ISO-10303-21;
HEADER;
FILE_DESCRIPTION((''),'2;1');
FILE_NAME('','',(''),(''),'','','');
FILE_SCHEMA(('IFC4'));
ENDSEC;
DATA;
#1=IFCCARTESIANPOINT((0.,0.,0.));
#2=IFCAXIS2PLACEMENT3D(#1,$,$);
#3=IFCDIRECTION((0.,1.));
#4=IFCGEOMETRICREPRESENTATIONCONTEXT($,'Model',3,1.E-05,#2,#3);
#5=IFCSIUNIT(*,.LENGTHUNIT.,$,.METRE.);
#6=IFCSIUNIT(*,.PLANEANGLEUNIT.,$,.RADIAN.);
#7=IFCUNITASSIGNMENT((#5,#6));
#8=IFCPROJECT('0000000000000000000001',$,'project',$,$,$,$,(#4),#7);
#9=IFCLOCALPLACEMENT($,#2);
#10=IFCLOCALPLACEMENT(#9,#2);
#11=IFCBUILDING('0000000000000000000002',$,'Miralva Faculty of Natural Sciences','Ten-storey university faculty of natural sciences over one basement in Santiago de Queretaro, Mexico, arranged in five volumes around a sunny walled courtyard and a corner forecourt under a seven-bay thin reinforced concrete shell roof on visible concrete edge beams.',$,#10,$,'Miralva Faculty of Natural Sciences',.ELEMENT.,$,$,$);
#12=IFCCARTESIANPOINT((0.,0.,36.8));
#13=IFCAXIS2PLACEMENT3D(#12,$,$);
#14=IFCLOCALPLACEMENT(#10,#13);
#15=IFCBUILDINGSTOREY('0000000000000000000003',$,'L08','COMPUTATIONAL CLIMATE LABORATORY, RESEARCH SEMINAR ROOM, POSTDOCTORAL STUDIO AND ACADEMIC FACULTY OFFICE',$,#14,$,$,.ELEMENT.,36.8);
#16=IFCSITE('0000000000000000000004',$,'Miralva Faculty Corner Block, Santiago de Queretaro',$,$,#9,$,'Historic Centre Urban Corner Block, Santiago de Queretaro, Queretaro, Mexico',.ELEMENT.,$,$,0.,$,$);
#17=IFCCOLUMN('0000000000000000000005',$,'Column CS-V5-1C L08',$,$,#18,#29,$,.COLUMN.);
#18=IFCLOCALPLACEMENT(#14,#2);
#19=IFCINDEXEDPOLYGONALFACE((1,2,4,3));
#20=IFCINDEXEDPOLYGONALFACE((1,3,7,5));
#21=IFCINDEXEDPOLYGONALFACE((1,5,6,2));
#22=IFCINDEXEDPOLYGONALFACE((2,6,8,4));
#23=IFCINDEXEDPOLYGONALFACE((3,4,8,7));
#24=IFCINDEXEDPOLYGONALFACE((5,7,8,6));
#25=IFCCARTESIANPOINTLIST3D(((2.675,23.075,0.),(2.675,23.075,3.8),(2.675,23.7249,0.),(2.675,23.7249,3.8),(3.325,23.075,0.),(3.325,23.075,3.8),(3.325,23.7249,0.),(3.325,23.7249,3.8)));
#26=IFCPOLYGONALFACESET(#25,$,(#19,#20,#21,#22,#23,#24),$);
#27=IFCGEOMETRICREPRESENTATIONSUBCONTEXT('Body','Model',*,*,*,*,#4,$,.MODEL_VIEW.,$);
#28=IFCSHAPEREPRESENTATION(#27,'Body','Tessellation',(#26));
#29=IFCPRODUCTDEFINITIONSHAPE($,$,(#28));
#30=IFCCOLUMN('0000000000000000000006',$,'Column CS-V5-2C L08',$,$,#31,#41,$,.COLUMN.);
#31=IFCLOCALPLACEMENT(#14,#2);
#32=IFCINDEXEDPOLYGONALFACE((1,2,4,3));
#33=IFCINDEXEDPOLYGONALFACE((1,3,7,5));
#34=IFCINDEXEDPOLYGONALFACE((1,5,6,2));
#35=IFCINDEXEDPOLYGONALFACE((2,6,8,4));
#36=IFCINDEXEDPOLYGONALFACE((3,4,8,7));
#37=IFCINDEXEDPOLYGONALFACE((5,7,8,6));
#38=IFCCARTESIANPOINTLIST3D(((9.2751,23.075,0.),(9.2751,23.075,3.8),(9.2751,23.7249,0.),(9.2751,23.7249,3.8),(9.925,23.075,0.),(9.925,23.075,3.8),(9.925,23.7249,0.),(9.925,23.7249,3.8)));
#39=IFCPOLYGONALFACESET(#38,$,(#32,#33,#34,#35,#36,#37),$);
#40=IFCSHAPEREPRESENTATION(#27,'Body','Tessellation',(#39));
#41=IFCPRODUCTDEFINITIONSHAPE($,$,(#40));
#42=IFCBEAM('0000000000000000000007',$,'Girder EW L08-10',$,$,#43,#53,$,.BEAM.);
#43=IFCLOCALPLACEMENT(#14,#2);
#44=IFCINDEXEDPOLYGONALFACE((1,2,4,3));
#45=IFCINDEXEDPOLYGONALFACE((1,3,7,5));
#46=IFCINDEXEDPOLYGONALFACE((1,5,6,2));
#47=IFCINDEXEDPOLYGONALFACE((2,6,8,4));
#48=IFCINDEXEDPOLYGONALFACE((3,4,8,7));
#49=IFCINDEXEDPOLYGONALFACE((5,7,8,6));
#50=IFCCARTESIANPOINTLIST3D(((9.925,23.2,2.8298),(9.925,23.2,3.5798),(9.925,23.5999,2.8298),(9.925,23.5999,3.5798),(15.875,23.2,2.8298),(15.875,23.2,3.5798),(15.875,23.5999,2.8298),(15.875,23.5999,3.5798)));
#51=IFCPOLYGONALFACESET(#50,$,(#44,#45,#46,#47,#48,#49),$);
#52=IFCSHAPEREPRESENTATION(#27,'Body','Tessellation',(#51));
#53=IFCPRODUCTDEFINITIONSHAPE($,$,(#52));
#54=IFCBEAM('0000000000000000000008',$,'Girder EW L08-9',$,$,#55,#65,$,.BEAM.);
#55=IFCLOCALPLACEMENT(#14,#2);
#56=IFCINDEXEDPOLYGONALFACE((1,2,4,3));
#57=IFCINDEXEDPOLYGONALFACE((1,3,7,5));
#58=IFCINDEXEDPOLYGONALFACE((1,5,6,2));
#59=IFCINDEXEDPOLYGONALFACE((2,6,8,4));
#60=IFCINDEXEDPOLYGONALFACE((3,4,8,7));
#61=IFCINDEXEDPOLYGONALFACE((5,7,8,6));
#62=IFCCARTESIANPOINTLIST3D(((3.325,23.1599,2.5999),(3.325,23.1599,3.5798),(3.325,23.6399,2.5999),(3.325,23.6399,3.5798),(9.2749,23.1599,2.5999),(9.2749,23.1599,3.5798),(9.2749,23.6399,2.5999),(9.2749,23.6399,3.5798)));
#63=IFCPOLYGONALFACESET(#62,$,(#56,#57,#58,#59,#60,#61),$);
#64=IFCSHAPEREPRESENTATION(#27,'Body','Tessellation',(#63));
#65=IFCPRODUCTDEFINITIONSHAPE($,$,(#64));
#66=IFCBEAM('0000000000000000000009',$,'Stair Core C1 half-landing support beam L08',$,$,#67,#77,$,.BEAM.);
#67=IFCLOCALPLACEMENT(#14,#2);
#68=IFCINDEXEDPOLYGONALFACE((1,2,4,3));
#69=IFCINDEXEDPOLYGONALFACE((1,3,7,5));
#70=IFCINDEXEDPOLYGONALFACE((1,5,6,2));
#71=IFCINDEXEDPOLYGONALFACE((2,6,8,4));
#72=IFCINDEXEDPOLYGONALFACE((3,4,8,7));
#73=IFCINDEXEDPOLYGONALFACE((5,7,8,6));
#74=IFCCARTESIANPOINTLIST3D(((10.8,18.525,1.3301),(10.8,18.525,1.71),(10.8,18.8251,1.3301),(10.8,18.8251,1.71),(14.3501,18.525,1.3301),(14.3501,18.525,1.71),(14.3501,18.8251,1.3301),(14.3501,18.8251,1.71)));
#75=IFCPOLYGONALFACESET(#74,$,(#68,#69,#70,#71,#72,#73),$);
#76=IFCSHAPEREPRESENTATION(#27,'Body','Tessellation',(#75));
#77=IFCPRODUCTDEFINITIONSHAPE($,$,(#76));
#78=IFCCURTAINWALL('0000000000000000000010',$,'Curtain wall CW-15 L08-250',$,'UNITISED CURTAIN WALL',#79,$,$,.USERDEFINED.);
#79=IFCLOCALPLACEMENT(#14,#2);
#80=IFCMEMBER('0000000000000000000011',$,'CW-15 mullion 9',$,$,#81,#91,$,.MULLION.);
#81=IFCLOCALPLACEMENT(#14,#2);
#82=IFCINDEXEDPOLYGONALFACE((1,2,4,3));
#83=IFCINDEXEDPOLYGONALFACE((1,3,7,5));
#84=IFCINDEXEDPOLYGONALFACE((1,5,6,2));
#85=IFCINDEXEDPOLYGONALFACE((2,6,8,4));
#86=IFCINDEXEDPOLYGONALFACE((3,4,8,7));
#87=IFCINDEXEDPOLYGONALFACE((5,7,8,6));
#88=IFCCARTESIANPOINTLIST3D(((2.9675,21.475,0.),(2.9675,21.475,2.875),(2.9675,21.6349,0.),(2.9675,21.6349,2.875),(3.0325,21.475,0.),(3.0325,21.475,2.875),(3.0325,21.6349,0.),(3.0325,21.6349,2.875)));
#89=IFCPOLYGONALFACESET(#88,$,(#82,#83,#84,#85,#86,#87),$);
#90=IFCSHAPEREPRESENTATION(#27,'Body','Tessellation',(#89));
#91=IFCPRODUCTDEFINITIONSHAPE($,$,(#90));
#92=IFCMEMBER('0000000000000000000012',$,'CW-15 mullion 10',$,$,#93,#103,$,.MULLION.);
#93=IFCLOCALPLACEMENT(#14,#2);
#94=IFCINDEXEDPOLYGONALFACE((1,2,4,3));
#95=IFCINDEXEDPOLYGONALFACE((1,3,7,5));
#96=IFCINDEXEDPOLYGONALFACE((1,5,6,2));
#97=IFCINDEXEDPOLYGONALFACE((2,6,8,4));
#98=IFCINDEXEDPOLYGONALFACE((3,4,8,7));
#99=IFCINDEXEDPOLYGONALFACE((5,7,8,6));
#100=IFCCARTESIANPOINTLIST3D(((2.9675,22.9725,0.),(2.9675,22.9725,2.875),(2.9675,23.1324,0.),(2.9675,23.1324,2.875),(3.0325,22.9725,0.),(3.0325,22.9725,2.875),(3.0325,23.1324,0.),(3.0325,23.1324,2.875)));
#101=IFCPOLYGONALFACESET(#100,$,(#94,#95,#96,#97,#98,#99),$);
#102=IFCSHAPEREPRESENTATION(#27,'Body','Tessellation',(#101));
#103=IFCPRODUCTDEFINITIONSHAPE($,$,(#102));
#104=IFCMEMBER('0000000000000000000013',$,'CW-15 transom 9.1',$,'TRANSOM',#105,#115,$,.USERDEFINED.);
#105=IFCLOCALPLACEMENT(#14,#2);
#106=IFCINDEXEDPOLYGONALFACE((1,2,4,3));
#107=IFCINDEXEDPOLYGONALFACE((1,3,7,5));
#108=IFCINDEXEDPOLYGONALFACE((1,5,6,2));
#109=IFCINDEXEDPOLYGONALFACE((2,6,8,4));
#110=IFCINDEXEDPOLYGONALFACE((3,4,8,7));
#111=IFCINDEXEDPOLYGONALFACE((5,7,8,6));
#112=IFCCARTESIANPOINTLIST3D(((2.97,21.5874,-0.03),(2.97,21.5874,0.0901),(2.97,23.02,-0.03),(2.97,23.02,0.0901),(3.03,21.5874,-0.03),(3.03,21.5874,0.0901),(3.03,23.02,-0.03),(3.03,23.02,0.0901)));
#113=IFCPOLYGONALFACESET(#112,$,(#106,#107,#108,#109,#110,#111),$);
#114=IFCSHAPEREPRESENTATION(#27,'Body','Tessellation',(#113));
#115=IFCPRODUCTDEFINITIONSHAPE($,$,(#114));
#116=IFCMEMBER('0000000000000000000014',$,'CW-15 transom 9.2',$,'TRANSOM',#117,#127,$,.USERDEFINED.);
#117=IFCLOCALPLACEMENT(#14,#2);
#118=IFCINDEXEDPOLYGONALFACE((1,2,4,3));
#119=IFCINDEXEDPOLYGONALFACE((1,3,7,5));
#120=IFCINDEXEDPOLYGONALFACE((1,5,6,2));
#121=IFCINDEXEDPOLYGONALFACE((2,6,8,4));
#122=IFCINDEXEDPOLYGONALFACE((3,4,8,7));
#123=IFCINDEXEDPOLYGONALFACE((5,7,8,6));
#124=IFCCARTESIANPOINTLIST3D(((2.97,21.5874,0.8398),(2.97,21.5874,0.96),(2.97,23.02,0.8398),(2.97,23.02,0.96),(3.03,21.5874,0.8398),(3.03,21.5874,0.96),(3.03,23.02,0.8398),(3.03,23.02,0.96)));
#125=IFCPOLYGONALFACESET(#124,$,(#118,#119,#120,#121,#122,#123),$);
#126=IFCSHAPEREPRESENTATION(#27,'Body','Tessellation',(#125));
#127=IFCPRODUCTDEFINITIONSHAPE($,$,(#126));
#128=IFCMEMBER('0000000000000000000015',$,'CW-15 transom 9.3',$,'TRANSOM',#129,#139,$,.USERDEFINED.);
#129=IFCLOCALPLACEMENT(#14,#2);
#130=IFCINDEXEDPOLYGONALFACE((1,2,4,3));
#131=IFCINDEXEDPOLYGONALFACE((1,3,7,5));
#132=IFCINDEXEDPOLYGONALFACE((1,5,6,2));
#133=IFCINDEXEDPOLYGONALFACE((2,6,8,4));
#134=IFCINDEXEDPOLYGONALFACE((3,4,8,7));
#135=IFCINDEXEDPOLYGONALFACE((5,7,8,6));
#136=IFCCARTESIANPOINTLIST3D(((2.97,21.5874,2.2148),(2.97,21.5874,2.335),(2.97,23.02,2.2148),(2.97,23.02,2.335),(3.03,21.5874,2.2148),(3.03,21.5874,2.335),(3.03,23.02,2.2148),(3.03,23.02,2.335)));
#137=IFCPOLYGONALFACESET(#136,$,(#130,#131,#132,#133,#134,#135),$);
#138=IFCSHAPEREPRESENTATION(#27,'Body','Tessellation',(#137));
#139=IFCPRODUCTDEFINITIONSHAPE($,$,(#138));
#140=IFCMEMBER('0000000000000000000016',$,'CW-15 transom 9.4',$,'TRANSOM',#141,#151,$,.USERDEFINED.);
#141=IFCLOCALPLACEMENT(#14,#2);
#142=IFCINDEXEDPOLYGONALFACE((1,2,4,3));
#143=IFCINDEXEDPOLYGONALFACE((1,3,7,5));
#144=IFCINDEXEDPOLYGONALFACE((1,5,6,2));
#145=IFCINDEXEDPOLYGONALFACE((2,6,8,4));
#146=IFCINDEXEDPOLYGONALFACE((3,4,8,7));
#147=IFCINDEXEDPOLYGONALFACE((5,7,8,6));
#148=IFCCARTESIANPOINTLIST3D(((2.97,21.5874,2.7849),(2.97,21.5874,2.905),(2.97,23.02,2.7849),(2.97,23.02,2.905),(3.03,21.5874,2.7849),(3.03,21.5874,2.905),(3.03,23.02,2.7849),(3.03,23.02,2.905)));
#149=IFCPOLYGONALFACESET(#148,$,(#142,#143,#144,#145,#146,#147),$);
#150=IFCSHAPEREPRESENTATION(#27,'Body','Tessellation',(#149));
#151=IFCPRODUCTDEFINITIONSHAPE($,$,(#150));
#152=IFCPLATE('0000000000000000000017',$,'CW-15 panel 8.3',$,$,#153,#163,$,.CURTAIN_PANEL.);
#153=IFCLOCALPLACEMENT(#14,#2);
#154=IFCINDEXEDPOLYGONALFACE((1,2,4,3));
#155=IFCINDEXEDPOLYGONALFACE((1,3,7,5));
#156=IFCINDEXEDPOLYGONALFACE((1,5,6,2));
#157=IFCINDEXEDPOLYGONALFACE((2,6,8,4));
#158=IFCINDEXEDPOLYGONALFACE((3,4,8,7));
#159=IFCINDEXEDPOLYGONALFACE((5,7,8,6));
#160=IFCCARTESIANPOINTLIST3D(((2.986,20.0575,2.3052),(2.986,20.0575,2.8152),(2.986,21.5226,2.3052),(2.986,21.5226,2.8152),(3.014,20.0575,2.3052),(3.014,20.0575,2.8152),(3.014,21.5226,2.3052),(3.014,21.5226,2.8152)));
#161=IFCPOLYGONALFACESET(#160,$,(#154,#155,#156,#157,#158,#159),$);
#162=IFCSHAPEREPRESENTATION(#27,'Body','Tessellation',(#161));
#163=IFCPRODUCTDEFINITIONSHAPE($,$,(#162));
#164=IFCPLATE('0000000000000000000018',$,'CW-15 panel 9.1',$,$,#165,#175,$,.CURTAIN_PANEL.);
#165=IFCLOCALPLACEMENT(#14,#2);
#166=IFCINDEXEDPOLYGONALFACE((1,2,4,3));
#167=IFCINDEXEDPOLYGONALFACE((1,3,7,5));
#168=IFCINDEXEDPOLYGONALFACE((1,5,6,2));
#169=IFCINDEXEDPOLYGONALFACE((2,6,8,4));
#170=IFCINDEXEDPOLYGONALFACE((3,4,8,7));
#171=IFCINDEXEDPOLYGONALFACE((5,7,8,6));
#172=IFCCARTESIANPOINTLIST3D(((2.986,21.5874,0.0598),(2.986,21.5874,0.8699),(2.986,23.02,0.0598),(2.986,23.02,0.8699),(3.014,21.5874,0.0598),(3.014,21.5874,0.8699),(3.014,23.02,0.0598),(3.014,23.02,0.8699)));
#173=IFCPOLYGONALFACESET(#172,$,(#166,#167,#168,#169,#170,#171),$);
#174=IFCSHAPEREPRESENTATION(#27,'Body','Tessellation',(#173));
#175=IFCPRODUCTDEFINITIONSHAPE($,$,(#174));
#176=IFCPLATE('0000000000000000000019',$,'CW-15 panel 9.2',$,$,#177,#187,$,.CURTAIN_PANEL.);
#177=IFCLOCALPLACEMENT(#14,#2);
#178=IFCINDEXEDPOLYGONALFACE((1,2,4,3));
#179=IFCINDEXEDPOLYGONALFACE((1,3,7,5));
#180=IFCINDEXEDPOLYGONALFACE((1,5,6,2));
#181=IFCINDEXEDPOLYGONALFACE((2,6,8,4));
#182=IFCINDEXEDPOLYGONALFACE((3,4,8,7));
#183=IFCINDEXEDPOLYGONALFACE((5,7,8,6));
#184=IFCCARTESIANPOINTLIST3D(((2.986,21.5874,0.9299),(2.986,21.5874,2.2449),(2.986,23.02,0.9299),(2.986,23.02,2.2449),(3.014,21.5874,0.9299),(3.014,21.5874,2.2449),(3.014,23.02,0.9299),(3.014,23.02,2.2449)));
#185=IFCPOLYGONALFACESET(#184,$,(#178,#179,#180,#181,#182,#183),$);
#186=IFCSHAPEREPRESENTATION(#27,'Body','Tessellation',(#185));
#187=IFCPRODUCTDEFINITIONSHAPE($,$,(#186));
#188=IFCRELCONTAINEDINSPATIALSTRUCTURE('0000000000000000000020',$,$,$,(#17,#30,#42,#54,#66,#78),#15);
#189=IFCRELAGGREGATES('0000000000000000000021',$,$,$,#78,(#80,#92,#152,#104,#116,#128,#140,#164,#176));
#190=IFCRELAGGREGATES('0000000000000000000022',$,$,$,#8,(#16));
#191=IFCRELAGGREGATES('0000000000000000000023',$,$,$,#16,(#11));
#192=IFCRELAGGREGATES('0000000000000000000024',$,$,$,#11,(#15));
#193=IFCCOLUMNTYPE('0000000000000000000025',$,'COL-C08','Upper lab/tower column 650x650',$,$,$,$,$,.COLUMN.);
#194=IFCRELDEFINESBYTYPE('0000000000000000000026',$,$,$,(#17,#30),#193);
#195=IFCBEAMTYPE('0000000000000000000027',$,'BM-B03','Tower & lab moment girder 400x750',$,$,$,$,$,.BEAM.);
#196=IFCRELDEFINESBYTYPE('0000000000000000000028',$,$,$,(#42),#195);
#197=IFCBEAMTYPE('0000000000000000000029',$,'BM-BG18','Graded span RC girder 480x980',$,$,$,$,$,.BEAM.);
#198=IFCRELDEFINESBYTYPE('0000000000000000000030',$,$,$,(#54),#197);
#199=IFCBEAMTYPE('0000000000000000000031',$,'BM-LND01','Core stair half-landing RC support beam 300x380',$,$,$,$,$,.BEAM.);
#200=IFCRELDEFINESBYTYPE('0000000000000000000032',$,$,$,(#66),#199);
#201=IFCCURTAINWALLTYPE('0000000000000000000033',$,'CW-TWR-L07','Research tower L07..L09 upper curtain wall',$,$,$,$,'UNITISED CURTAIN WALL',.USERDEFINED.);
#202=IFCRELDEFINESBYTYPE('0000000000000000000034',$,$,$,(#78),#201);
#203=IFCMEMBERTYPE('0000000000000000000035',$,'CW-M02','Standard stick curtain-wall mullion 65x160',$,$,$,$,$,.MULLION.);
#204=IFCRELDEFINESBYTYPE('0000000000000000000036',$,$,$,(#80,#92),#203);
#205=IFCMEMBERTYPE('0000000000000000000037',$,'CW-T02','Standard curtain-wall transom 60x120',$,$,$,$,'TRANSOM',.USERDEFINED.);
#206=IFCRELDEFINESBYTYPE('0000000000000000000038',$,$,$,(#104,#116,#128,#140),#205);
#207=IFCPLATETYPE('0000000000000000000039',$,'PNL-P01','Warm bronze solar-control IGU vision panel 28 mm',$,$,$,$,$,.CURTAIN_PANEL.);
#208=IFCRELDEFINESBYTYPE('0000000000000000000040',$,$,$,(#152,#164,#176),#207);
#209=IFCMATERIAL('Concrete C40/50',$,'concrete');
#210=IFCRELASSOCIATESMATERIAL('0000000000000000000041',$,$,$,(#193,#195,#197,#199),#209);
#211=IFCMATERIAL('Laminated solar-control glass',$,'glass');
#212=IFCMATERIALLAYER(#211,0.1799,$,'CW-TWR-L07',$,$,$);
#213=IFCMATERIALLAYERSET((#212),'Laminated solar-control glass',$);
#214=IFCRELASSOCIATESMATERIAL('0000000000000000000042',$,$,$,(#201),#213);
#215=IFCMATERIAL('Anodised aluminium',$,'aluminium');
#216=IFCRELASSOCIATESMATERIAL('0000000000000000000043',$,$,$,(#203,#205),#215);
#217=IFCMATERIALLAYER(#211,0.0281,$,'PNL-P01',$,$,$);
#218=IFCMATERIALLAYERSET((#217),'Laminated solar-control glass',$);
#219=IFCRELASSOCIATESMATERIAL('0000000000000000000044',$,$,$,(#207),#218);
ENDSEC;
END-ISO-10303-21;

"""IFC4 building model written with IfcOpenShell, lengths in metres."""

from ifc_helpers import new_model, si_unit, direction, frame, origin, origin_2d, place, context, subcontext, project, spatial, rectangle, extrude, material, layer, layer_set, material_profile, profile_set, type_object, element, aggregate, save


model = new_model("IFC4")

# Units and contexts
model_context = context("Model", 3, precision=1e-05, world=origin(), true_north=direction((0.0, 1.0)))
body_context = subcontext(model_context, "Body", "Model", "MODEL_VIEW")
ifc_project = project(units=[si_unit("LENGTHUNIT", "METRE"), si_unit("PLANEANGLEUNIT", "RADIAN")], contexts=[model_context])

# Site, building, storey
site_placement = place(None, origin())
site = spatial("IfcSite", under=ifc_project, at=site_placement, Name="Miralva Faculty Corner Block, Santiago de Queretaro", LongName="Historic Centre Urban Corner Block, Santiago de Queretaro, Queretaro, Mexico", CompositionType="ELEMENT", RefElevation=0.0)
building_placement = place(site_placement, origin())
building = spatial("IfcBuilding", under=site, at=building_placement, Name="Miralva Faculty of Natural Sciences", Description="Ten-storey university faculty of natural sciences over one basement in Santiago de Queretaro, Mexico, arranged in five volumes around a sunny walled courtyard and a corner forecourt under a seven-bay thin reinforced concrete shell roof on visible concrete edge beams.", LongName="Miralva Faculty of Natural Sciences", CompositionType="ELEMENT")
storey_placement = place(building_placement, frame((0.0, 0.0, 36.8)))
storey = spatial("IfcBuildingStorey", under=building, at=storey_placement, Name="L08", Description="COMPUTATIONAL CLIMATE LABORATORY, RESEARCH SEMINAR ROOM, POSTDOCTORAL STUDIO AND ACADEMIC FACULTY OFFICE", CompositionType="ELEMENT", Elevation=36.8)

# Columns
ifc_material_1 = material(Name="Concrete C40/50", Category="concrete")
ifc_material_profile_1 = material_profile(ifc_material_1, rectangle(XDim=0.6499, YDim=0.6499, at=origin_2d()), Name="RC 650x650")
ifc_profile_set_1 = profile_set([ifc_material_profile_1], Name="Concrete C40/50")
column_type = type_object("IfcColumnType", Name="COL-C08", Description="Upper lab/tower column 650x650", PredefinedType="COLUMN", material=ifc_profile_set_1)
for number, where, z_axis, x_axis, name in (
    (1, (3.0, 23.3999, 0.0), (0.0, 0.0, 1.0), (1.0, 0.0, 0.0), "Column CS-V5-1C L08"),
    (2, (9.6001, 23.3999, 0.0), (0.0, 0.0, 1.0), (1.0, 0.0, 0.0), "Column CS-V5-2C L08"),
):
    element("IfcColumn", number, at=place(storey_placement, frame(where, z_axis=z_axis, x_axis=x_axis)), inside=storey, type_object=column_type, Name=name, PredefinedType="COLUMN", context=body_context, shape_type="SweptSolid", body=[
        extrude(rectangle(XDim=0.6499, YDim=0.6499, at=origin_2d()), origin(), (0.0, 0.0, 1.0), 3.8),
    ])

# Beams
ifc_material_profile_2 = material_profile(ifc_material_1, rectangle(XDim=0.3999, YDim=0.75, at=origin_2d()), Name="RC 400x750")
ifc_profile_set_2 = profile_set([ifc_material_profile_2], Name="Concrete C40/50")
beam_type_1 = type_object("IfcBeamType", Name="BM-B03", Description="Tower & lab moment girder 400x750", PredefinedType="BEAM", material=ifc_profile_set_2)
beam_1_placement = place(storey_placement, frame((9.925, 23.3999, 3.2048), z_axis=(1.0, 0.0, 0.0), x_axis=(0.0, 1.0, 0.0)))
element("IfcBeam", 3, at=beam_1_placement, inside=storey, type_object=beam_type_1, Name="Girder EW L08-10", PredefinedType="BEAM", context=body_context, shape_type="SweptSolid", body=[
    extrude(rectangle(XDim=0.3999, YDim=0.75, at=origin_2d()), origin(), (0.0, 0.0, 1.0), 5.95),
])
ifc_material_profile_3 = material_profile(ifc_material_1, rectangle(XDim=0.48, YDim=0.98, at=origin_2d()), Name="RC 480x980")
ifc_profile_set_3 = profile_set([ifc_material_profile_3], Name="Concrete C40/50")
beam_type_2 = type_object("IfcBeamType", Name="BM-BG18", Description="Graded span RC girder 480x980", PredefinedType="BEAM", material=ifc_profile_set_3)
beam_2_placement = place(storey_placement, frame((3.325, 23.3999, 3.0898), z_axis=(1.0, 0.0, 0.0), x_axis=(0.0, 1.0, 0.0)))
element("IfcBeam", 4, at=beam_2_placement, inside=storey, type_object=beam_type_2, Name="Girder EW L08-9", PredefinedType="BEAM", context=body_context, shape_type="SweptSolid", body=[
    extrude(rectangle(XDim=0.48, YDim=0.98, at=origin_2d()), origin(), (0.0, 0.0, 1.0), 5.95),
])
ifc_material_profile_4 = material_profile(ifc_material_1, rectangle(XDim=0.3, YDim=0.3799, at=origin_2d()), Name="RC 300x380")
ifc_profile_set_4 = profile_set([ifc_material_profile_4], Name="Concrete C40/50")
beam_type_3 = type_object("IfcBeamType", Name="BM-LND01", Description="Core stair half-landing RC support beam 300x380", PredefinedType="BEAM", material=ifc_profile_set_4)
beam_3_placement = place(storey_placement, frame((10.8, 18.675, 1.52), z_axis=(1.0, 0.0, 0.0), x_axis=(0.0, 1.0, 0.0)))
element("IfcBeam", 5, at=beam_3_placement, inside=storey, type_object=beam_type_3, Name="Stair Core C1 half-landing support beam L08", PredefinedType="BEAM", context=body_context, shape_type="SweptSolid", body=[
    extrude(rectangle(XDim=0.3, YDim=0.3799, at=origin_2d()), origin(), (0.0, 0.0, 1.0), 3.55),
])

# Curtain wall, members, plates
ifc_material_2 = material(Name="Laminated solar-control glass", Category="glass")
ifc_layer_1 = layer(ifc_material_2, 0.1799, Name="CW-TWR-L07")
ifc_layer_set_1 = layer_set([ifc_layer_1], Name="Laminated solar-control glass")
curtain_wall_type = type_object("IfcCurtainWallType", Name="CW-TWR-L07", Description="Research tower L07..L09 upper curtain wall", ElementType="UNITISED CURTAIN WALL", PredefinedType="USERDEFINED", material=ifc_layer_set_1)
curtain_wall_placement = place(storey_placement, origin())
curtain_wall = element("IfcCurtainWall", 6, at=curtain_wall_placement, inside=storey, type_object=curtain_wall_type, Name="Curtain wall CW-15 L08-250", ObjectType="UNITISED CURTAIN WALL", PredefinedType="USERDEFINED")
ifc_material_3 = material(Name="Anodised aluminium", Category="aluminium")
ifc_material_profile_5 = material_profile(ifc_material_3, rectangle(XDim=0.0649, YDim=0.1599, at=origin_2d()), Name="MULLION 65x160")
ifc_profile_set_5 = profile_set([ifc_material_profile_5], Name="Anodised aluminium")
member_type_1 = type_object("IfcMemberType", Name="CW-M02", Description="Standard stick curtain-wall mullion 65x160", PredefinedType="MULLION", material=ifc_profile_set_5)
member_1_placement = place(storey_placement, frame((3.0, 21.5549, 0.0), z_axis=(0.0, 0.0, 1.0), x_axis=(-1.0, 0.0, 0.0)))
member_1 = element("IfcMember", 7, at=member_1_placement, type_object=member_type_1, Name="CW-15 mullion 9", PredefinedType="MULLION", context=body_context, shape_type="SweptSolid", body=[
    extrude(rectangle(XDim=0.0649, YDim=0.1599, at=origin_2d()), origin(), (0.0, 0.0, 1.0), 2.875),
])
member_2_placement = place(storey_placement, frame((3.0, 23.0525, 0.0), z_axis=(0.0, 0.0, 1.0), x_axis=(-1.0, 0.0, 0.0)))
member_2 = element("IfcMember", 8, at=member_2_placement, type_object=member_type_1, Name="CW-15 mullion 10", PredefinedType="MULLION", context=body_context, shape_type="SweptSolid", body=[
    extrude(rectangle(XDim=0.0649, YDim=0.1599, at=origin_2d()), origin(), (0.0, 0.0, 1.0), 2.875),
])
ifc_material_profile_6 = material_profile(ifc_material_3, rectangle(XDim=0.0601, YDim=0.1201, at=origin_2d()), Name="TRANSOM 60x120")
ifc_profile_set_6 = profile_set([ifc_material_profile_6], Name="Anodised aluminium")
member_type_2 = type_object("IfcMemberType", Name="CW-T02", Description="Standard curtain-wall transom 60x120", ElementType="TRANSOM", PredefinedType="USERDEFINED", material=ifc_profile_set_6)
member_3_placement = place(storey_placement, frame((3.0, 21.5874, 0.03), z_axis=(0.0, 1.0, 0.0), x_axis=(-1.0, 0.0, 0.0)))
member_3 = element("IfcMember", 9, at=member_3_placement, type_object=member_type_2, Name="CW-15 transom 9.1", ObjectType="TRANSOM", PredefinedType="USERDEFINED", context=body_context, shape_type="SweptSolid", body=[
    extrude(rectangle(XDim=0.0601, YDim=0.1201, at=origin_2d()), origin(), (0.0, 0.0, 1.0), 1.4326),
])
member_4_placement = place(storey_placement, frame((3.0, 21.5874, 0.8999), z_axis=(0.0, 1.0, 0.0), x_axis=(-1.0, 0.0, 0.0)))
member_4 = element("IfcMember", 10, at=member_4_placement, type_object=member_type_2, Name="CW-15 transom 9.2", ObjectType="TRANSOM", PredefinedType="USERDEFINED", context=body_context, shape_type="SweptSolid", body=[
    extrude(rectangle(XDim=0.0601, YDim=0.1201, at=origin_2d()), origin(), (0.0, 0.0, 1.0), 1.4326),
])
member_5_placement = place(storey_placement, frame((3.0, 21.5874, 2.2749), z_axis=(0.0, 1.0, 0.0), x_axis=(-1.0, 0.0, 0.0)))
member_5 = element("IfcMember", 11, at=member_5_placement, type_object=member_type_2, Name="CW-15 transom 9.3", ObjectType="TRANSOM", PredefinedType="USERDEFINED", context=body_context, shape_type="SweptSolid", body=[
    extrude(rectangle(XDim=0.0601, YDim=0.1201, at=origin_2d()), origin(), (0.0, 0.0, 1.0), 1.4326),
])
member_6_placement = place(storey_placement, frame((3.0, 21.5874, 2.845), z_axis=(0.0, 1.0, 0.0), x_axis=(-1.0, 0.0, 0.0)))
member_6 = element("IfcMember", 12, at=member_6_placement, type_object=member_type_2, Name="CW-15 transom 9.4", ObjectType="TRANSOM", PredefinedType="USERDEFINED", context=body_context, shape_type="SweptSolid", body=[
    extrude(rectangle(XDim=0.0601, YDim=0.1201, at=origin_2d()), origin(), (0.0, 0.0, 1.0), 1.4326),
])
ifc_layer_2 = layer(ifc_material_2, 0.0281, Name="PNL-P01")
ifc_layer_set_2 = layer_set([ifc_layer_2], Name="Laminated solar-control glass")
plate_type = type_object("IfcPlateType", Name="PNL-P01", Description="Warm bronze solar-control IGU vision panel 28 mm", PredefinedType="CURTAIN_PANEL", material=ifc_layer_set_2)
plate_1_placement = place(storey_placement, frame((3.0, 20.79, 2.3052), z_axis=(0.0, 0.0, 1.0), x_axis=(0.0, 1.0, 0.0)))
plate_1 = element("IfcPlate", 13, at=plate_1_placement, type_object=plate_type, Name="CW-15 panel 8.3", PredefinedType="CURTAIN_PANEL", context=body_context, shape_type="SweptSolid", body=[
    extrude(rectangle(XDim=1.4651, YDim=0.0281, at=origin_2d()), origin(), (0.0, 0.0, 1.0), 0.51),
])
plate_2_placement = place(storey_placement, frame((3.0, 22.3037, 0.0598), z_axis=(0.0, 0.0, 1.0), x_axis=(0.0, 1.0, 0.0)))
plate_2 = element("IfcPlate", 14, at=plate_2_placement, type_object=plate_type, Name="CW-15 panel 9.1", PredefinedType="CURTAIN_PANEL", context=body_context, shape_type="SweptSolid", body=[
    extrude(rectangle(XDim=1.4326, YDim=0.0281, at=origin_2d()), origin(), (0.0, 0.0, 1.0), 0.8101),
])
plate_3_placement = place(storey_placement, frame((3.0, 22.3037, 0.9299), z_axis=(0.0, 0.0, 1.0), x_axis=(0.0, 1.0, 0.0)))
plate_3 = element("IfcPlate", 15, at=plate_3_placement, type_object=plate_type, Name="CW-15 panel 9.2", PredefinedType="CURTAIN_PANEL", context=body_context, shape_type="SweptSolid", body=[
    extrude(rectangle(XDim=1.4326, YDim=0.0281, at=origin_2d()), origin(), (0.0, 0.0, 1.0), 1.3149),
])
aggregate(curtain_wall, [member_1, member_2, plate_1, member_3, member_4, member_5, member_6, plate_2, plate_3])

save(model, "model.ifc")
